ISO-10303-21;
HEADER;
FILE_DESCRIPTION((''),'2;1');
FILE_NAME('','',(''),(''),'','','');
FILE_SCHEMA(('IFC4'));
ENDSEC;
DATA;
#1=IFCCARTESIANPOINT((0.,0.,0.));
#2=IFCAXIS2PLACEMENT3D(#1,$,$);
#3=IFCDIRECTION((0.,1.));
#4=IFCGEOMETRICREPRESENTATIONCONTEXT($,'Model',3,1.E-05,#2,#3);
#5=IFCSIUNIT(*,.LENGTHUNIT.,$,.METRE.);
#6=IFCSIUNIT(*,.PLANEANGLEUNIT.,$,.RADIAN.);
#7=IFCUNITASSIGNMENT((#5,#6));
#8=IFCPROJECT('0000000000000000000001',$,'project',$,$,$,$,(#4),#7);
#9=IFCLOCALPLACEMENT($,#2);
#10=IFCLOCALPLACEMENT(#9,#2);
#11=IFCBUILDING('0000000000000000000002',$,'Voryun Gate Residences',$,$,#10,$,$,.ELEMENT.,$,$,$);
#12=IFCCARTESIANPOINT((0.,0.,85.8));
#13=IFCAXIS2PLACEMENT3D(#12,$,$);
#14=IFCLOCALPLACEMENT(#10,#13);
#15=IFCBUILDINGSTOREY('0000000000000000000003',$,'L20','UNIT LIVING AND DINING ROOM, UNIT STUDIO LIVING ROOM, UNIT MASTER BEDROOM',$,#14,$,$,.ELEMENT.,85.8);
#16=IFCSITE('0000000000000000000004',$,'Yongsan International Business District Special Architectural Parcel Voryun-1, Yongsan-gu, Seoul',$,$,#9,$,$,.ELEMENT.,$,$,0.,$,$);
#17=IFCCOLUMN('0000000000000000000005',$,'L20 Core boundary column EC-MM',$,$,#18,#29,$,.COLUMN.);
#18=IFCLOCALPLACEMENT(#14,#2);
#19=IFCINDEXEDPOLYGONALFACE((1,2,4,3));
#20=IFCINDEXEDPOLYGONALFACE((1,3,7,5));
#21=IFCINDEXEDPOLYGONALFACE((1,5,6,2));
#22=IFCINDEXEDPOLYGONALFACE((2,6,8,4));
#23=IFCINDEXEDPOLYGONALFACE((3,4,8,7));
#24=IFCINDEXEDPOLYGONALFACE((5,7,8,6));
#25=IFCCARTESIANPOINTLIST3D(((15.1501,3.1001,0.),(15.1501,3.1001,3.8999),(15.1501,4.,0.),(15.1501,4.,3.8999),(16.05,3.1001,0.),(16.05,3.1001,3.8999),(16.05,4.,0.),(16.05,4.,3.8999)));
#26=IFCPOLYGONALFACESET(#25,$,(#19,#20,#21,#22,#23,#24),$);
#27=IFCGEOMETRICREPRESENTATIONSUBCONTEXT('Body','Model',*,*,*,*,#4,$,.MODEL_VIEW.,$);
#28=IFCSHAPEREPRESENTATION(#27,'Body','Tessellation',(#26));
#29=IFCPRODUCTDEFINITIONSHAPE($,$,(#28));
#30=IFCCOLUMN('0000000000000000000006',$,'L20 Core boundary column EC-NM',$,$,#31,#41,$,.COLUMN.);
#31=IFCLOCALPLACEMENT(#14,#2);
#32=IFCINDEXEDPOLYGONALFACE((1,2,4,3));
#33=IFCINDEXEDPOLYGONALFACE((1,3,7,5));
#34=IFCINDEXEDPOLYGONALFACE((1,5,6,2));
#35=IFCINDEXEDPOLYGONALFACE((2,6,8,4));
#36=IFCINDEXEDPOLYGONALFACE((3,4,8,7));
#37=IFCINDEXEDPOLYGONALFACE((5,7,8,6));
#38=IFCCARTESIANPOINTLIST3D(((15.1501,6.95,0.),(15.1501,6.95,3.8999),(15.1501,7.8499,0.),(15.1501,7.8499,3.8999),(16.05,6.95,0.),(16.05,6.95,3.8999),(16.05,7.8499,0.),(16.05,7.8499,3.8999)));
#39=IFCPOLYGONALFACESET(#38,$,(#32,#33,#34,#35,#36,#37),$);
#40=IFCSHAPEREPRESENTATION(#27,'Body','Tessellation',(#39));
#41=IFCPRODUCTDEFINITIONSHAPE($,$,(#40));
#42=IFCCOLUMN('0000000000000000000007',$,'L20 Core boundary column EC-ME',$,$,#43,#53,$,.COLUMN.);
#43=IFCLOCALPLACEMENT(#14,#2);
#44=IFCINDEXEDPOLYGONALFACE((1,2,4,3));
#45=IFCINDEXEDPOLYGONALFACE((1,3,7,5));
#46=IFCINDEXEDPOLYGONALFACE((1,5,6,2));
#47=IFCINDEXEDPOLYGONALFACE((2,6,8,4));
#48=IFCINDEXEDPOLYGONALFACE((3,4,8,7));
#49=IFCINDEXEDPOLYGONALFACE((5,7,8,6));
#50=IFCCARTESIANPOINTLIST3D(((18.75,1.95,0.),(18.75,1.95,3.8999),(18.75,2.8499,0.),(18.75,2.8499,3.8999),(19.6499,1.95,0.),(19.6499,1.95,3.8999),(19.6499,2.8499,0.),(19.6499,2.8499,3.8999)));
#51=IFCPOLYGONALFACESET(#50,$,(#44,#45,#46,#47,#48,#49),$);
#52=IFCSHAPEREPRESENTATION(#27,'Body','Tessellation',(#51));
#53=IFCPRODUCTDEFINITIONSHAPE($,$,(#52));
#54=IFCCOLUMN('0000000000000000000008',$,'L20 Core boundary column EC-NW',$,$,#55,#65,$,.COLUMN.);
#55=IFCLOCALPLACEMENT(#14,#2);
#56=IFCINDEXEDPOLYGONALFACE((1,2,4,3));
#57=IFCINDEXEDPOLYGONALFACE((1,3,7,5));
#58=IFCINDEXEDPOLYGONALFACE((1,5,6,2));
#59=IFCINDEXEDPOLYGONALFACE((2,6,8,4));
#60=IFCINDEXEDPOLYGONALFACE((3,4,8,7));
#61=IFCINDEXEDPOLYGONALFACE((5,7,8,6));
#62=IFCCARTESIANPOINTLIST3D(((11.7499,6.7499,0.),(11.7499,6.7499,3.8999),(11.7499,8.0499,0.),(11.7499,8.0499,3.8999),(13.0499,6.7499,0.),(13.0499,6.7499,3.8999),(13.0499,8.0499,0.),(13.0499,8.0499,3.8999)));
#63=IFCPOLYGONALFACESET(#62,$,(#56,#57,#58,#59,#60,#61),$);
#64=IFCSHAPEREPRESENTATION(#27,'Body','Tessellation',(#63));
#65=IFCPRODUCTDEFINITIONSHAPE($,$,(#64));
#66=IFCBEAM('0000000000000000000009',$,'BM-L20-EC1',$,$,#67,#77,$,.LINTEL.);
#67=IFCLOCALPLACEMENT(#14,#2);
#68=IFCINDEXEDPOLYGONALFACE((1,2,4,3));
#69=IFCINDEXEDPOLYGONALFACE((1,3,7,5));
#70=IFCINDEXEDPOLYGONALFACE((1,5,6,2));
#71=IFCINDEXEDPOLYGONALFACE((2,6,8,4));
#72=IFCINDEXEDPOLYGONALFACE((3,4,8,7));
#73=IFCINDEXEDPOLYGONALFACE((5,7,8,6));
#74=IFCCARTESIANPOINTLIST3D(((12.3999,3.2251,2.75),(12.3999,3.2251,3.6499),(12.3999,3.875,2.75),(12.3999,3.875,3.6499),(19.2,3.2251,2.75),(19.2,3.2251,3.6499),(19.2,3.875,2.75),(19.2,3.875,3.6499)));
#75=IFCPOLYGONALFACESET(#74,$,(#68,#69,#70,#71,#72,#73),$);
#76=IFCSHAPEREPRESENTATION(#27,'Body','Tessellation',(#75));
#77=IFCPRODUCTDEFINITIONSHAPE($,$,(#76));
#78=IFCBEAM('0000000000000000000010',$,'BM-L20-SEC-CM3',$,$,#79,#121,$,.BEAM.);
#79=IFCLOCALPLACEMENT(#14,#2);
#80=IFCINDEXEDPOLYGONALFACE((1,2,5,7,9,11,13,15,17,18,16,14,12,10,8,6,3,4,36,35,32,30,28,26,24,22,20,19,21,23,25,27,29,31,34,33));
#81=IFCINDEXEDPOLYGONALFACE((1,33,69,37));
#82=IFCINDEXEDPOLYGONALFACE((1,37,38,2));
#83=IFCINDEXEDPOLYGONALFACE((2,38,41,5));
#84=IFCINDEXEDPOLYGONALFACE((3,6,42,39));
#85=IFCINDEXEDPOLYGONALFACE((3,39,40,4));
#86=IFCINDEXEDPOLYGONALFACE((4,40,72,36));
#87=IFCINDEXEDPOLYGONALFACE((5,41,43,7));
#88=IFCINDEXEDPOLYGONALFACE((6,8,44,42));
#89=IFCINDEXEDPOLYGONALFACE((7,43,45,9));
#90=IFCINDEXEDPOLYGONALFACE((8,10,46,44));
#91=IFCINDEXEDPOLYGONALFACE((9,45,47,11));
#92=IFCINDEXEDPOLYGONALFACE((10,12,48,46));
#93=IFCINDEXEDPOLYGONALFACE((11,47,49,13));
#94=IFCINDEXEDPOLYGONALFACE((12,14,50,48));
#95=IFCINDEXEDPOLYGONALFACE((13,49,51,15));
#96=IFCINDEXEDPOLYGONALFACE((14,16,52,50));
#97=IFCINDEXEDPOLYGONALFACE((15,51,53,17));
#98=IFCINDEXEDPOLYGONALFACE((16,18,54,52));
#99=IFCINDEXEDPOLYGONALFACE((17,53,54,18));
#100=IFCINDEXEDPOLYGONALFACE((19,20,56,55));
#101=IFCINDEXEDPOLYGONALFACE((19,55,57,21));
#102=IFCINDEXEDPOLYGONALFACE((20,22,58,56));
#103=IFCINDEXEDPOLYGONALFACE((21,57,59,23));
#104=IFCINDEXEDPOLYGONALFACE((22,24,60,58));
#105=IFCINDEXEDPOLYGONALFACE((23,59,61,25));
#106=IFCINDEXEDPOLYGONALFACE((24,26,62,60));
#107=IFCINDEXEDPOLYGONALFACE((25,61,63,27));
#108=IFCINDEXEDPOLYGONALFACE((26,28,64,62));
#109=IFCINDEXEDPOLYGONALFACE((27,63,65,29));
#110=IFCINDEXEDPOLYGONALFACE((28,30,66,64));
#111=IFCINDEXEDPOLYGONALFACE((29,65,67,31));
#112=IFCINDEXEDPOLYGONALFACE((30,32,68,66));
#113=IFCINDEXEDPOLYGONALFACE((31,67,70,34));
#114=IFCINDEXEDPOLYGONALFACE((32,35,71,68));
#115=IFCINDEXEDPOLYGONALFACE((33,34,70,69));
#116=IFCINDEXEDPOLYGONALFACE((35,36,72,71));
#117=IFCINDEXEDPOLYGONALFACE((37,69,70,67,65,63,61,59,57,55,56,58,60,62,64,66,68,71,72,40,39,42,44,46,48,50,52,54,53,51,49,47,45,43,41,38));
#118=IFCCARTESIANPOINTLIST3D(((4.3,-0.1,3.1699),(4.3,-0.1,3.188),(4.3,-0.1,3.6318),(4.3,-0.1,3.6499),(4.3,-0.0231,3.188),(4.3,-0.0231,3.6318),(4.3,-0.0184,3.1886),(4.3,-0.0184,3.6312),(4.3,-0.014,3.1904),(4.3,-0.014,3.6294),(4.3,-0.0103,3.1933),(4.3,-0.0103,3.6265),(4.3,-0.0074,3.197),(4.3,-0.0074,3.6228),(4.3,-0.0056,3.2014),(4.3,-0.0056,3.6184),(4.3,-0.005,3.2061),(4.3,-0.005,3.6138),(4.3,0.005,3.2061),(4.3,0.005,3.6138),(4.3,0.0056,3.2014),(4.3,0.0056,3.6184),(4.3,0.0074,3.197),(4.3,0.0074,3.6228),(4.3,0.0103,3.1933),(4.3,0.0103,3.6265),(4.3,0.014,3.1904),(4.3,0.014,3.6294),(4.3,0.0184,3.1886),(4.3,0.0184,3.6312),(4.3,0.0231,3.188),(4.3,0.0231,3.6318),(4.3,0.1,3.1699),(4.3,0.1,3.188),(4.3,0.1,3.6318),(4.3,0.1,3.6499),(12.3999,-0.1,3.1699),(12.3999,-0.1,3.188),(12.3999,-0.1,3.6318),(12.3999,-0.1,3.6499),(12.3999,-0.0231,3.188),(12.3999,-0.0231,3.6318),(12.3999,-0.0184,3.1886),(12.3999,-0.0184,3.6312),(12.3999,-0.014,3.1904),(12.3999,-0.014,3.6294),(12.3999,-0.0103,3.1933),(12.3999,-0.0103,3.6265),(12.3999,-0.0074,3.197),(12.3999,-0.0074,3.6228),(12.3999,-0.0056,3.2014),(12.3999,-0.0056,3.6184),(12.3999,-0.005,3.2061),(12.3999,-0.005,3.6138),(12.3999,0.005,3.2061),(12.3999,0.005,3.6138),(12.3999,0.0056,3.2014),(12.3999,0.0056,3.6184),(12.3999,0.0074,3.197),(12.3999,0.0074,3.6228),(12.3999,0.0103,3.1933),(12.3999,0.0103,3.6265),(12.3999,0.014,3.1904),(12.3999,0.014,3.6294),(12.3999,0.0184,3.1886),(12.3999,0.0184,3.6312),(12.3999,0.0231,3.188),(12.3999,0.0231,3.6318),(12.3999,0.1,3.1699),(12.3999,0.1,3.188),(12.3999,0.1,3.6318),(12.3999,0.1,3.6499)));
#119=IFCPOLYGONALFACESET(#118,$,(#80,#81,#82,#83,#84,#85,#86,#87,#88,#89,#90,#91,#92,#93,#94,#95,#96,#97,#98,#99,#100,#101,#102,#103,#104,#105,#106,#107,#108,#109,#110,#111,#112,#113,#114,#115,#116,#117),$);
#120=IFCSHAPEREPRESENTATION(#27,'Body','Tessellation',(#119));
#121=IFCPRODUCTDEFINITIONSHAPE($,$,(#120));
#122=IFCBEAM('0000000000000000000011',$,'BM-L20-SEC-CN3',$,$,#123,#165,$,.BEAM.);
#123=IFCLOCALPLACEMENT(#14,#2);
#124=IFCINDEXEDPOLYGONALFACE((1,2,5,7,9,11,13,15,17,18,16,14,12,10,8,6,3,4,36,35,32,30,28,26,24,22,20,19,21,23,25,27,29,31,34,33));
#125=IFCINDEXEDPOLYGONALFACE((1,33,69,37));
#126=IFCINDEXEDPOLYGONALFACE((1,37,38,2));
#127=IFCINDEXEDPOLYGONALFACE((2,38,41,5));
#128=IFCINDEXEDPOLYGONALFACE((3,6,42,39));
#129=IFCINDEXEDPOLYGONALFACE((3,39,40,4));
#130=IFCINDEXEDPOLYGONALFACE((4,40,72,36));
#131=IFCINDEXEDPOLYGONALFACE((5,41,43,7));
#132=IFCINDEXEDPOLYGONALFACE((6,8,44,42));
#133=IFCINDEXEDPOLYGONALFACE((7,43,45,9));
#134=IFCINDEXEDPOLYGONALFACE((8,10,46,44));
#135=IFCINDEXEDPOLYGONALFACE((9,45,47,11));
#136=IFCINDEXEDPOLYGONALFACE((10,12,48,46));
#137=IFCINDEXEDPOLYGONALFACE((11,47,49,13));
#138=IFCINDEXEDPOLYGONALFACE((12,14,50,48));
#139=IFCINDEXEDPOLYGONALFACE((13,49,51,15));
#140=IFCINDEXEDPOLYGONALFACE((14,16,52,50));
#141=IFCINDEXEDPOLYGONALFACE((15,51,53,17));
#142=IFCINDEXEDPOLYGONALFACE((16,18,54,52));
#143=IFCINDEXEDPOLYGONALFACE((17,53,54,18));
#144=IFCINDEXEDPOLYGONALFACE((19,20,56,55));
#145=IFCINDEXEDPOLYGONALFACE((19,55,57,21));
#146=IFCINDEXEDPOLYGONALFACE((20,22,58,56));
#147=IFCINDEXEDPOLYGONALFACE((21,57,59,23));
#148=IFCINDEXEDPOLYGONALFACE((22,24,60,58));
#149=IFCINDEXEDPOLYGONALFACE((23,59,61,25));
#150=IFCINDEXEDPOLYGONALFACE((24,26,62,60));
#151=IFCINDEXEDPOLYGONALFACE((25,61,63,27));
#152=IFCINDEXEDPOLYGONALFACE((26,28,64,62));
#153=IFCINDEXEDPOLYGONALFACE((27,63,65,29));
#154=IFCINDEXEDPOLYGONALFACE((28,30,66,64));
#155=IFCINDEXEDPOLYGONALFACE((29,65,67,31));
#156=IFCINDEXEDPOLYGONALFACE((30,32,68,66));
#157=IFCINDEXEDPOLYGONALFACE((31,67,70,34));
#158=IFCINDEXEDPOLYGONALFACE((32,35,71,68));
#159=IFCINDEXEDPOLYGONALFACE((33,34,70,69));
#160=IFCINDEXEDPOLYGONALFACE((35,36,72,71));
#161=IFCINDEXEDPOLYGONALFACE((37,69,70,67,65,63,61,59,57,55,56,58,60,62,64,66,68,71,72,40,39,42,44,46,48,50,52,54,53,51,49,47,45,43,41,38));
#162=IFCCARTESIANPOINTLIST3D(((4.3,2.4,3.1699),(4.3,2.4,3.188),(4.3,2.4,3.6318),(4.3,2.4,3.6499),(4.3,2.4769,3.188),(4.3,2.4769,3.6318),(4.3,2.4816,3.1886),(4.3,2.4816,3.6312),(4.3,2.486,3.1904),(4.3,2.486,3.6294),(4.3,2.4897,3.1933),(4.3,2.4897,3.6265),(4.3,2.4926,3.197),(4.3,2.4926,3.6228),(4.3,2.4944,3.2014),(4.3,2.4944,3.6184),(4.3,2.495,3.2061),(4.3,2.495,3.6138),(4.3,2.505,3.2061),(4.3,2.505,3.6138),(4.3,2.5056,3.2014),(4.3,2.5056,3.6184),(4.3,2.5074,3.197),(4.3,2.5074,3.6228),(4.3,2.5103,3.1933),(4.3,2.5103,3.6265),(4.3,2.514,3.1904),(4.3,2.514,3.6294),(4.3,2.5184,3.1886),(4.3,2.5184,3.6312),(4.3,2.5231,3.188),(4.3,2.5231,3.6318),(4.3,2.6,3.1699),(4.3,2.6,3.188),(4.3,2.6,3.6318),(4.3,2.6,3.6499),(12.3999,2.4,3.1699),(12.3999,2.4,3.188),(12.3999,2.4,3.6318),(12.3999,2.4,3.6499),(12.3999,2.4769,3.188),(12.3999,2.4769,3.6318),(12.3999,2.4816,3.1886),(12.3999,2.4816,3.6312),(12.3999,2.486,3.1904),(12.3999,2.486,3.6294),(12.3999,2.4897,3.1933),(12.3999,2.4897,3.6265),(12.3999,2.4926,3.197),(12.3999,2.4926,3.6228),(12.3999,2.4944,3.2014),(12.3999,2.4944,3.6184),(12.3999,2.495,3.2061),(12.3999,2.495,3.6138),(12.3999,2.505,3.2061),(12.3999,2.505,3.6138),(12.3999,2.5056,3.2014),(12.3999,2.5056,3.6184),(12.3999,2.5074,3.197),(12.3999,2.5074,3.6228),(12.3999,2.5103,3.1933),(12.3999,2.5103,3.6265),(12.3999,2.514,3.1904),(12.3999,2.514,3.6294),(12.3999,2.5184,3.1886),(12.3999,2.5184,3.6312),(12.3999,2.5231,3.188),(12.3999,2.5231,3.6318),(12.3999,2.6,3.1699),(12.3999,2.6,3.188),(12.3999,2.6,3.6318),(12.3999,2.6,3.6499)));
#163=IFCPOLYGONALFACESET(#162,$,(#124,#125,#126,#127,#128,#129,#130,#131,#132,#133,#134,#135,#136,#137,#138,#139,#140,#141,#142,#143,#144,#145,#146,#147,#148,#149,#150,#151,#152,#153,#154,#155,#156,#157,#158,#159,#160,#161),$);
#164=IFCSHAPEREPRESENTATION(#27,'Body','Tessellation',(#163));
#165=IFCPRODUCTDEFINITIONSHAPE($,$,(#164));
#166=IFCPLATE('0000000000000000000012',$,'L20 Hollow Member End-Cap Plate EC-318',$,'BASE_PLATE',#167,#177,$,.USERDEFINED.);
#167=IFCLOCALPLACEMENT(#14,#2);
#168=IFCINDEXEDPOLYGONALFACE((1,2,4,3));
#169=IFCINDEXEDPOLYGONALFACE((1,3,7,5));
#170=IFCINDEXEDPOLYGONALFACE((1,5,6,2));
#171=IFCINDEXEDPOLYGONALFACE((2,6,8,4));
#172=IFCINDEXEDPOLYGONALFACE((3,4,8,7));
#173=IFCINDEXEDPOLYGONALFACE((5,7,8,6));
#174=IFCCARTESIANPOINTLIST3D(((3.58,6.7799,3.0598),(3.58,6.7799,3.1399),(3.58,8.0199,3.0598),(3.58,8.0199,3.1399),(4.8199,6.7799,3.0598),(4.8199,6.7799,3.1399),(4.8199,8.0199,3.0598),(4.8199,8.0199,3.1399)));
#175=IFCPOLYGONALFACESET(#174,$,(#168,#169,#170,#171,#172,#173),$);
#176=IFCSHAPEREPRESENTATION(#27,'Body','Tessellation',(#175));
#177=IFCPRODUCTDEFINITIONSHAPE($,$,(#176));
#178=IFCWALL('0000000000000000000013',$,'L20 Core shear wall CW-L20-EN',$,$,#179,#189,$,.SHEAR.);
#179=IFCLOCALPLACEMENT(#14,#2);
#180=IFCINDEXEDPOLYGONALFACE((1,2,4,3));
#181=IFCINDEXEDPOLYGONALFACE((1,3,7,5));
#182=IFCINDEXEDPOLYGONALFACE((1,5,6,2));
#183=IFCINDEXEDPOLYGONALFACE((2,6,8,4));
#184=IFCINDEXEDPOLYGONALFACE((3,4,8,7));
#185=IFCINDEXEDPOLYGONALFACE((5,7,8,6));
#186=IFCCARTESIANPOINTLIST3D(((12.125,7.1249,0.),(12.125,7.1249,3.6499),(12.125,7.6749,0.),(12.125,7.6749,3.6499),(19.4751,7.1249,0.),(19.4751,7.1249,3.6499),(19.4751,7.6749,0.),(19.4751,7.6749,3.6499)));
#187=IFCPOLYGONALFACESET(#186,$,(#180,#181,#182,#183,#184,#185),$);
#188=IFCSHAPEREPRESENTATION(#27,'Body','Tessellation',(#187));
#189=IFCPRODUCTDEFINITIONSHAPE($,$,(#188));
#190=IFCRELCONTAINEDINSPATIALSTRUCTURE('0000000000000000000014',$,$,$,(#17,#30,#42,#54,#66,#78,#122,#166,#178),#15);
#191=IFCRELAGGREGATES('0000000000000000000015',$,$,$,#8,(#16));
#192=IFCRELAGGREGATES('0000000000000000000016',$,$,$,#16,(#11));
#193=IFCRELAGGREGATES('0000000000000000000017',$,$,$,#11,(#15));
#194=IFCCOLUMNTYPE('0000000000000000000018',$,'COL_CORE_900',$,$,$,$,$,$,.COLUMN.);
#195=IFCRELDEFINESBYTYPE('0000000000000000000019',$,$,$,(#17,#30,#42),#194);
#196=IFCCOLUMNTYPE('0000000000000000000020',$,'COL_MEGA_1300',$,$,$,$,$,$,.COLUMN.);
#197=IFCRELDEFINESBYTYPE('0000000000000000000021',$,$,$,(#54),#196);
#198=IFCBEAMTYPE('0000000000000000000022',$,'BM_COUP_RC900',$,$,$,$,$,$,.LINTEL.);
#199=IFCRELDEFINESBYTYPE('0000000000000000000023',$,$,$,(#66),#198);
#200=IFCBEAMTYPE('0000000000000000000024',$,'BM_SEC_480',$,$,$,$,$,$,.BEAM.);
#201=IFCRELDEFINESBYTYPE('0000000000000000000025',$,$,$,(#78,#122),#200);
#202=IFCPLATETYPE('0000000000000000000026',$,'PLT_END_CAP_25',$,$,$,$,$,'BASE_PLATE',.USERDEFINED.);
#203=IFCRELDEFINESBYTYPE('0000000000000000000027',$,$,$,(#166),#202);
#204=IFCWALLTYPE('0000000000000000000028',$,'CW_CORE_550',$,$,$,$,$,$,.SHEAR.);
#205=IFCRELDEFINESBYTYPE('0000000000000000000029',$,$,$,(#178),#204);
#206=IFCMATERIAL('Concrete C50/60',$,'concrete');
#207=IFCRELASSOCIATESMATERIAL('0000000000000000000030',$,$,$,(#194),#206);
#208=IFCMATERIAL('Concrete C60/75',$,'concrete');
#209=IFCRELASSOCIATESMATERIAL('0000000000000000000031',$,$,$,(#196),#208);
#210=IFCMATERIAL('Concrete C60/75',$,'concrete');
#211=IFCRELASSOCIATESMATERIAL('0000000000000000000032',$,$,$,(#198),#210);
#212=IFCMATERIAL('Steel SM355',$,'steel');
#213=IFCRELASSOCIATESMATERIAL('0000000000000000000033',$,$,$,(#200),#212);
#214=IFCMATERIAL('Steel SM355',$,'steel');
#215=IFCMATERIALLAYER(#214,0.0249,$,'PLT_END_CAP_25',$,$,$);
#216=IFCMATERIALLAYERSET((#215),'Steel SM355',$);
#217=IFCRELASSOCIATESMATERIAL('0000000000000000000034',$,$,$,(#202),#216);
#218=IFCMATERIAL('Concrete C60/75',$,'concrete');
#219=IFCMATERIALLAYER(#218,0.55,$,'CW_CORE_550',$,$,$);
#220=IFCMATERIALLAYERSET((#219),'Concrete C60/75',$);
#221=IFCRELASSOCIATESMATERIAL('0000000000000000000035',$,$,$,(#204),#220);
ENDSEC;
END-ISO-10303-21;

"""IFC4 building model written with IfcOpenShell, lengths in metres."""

from ifc_helpers import new_model, si_unit, direction, frame, frame_2d, origin, origin_2d, place, context, subcontext, project, spatial, rectangle, i_section, extrude, material, layer, layer_set, material_profile, profile_set, type_object, element, save


model = new_model("IFC4")

# Units and contexts
model_context = context("Model", 3, precision=1e-05, world=origin(), true_north=direction((0.0, 1.0)))
body_context = subcontext(model_context, "Body", "Model", "MODEL_VIEW")
ifc_project = project(units=[si_unit("LENGTHUNIT", "METRE"), si_unit("PLANEANGLEUNIT", "RADIAN")], contexts=[model_context])

# Site, building, storey
site_placement = place(None, origin())
site = spatial("IfcSite", under=ifc_project, at=site_placement, Name="Yongsan International Business District Special Architectural Parcel Voryun-1, Yongsan-gu, Seoul", CompositionType="ELEMENT", RefElevation=0.0)
building_placement = place(site_placement, origin())
building = spatial("IfcBuilding", under=site, at=building_placement, Name="Voryun Gate Residences", CompositionType="ELEMENT")
storey_placement = place(building_placement, frame((0.0, 0.0, 85.8)))
storey = spatial("IfcBuildingStorey", under=building, at=storey_placement, Name="L20", Description="UNIT LIVING AND DINING ROOM, UNIT STUDIO LIVING ROOM, UNIT MASTER BEDROOM", CompositionType="ELEMENT", Elevation=85.8)

# Columns
ifc_material_1 = material(Name="Concrete C50/60", Category="concrete")
ifc_material_profile_1 = material_profile(ifc_material_1, rectangle(XDim=0.8999, YDim=0.8999, at=origin_2d()), Name="RC-900x900")
ifc_profile_set_1 = profile_set([ifc_material_profile_1], Name="Concrete C50/60")
column_type_1 = type_object("IfcColumnType", Name="COL_CORE_900", PredefinedType="COLUMN", material=ifc_profile_set_1)
for number, where, z_axis, x_axis, name in (
    (1, (15.6001, 3.55, 0.0), (0.0, 0.0, 1.0), (1.0, 0.0, 0.0), "L20 Core boundary column EC-MM"),
    (2, (15.6001, 7.3999, 0.0), (0.0, 0.0, 1.0), (1.0, 0.0, 0.0), "L20 Core boundary column EC-NM"),
    (3, (19.2, 2.3999, 0.0), (0.0, 0.0, 1.0), (1.0, 0.0, 0.0), "L20 Core boundary column EC-ME"),
):
    element("IfcColumn", number, at=place(storey_placement, frame(where, z_axis=z_axis, x_axis=x_axis)), inside=storey, type_object=column_type_1, Name=name, PredefinedType="COLUMN", context=body_context, shape_type="SweptSolid", body=[
        extrude(rectangle(XDim=0.8999, YDim=0.8999, at=origin_2d()), origin(), (0.0, 0.0, 1.0), 3.8999),
    ])
ifc_material_2 = material(Name="Concrete C60/75", Category="concrete")
ifc_material_profile_2 = material_profile(ifc_material_2, rectangle(XDim=1.3, YDim=1.3, at=origin_2d()), Name="RC-1300x1300")
ifc_profile_set_2 = profile_set([ifc_material_profile_2], Name="Concrete C60/75")
column_type_2 = type_object("IfcColumnType", Name="COL_MEGA_1300", PredefinedType="COLUMN", material=ifc_profile_set_2)
column_placement = place(storey_placement, frame((12.3999, 7.3999, 0.0), z_axis=(0.0, 0.0, 1.0), x_axis=(1.0, 0.0, 0.0)))
element("IfcColumn", 4, at=column_placement, inside=storey, type_object=column_type_2, Name="L20 Core boundary column EC-NW", PredefinedType="COLUMN", context=body_context, shape_type="SweptSolid", body=[
    extrude(rectangle(XDim=1.3, YDim=1.3, at=origin_2d()), origin(), (0.0, 0.0, 1.0), 3.8999),
])

# Beams
ifc_material_3 = material(Name="Concrete C60/75", Category="concrete")
ifc_material_profile_3 = material_profile(ifc_material_3, rectangle(XDim=0.6499, YDim=0.8999, at=origin_2d()), Name="RC-650x900")
ifc_profile_set_3 = profile_set([ifc_material_profile_3], Name="Concrete C60/75")
beam_type_1 = type_object("IfcBeamType", Name="BM_COUP_RC900", PredefinedType="LINTEL", material=ifc_profile_set_3)
beam_placement = place(storey_placement, frame((12.3999, 3.55, 3.2), z_axis=(1.0, 0.0, 0.0), x_axis=(0.0, 1.0, 0.0)))
element("IfcBeam", 5, at=beam_placement, inside=storey, type_object=beam_type_1, Name="BM-L20-EC1", PredefinedType="LINTEL", context=body_context, shape_type="SweptSolid", body=[
    extrude(rectangle(XDim=0.6499, YDim=0.8999, at=origin_2d()), origin(), (0.0, 0.0, 1.0), 6.8),
])
ifc_material_4 = material(Name="Steel SM355", Category="steel")
ifc_material_profile_4 = material_profile(ifc_material_4, i_section(OverallWidth=0.2, OverallDepth=0.48, WebThickness=0.01, FlangeThickness=0.0181, FilletRadius=0.0181, at=origin_2d()), Name="H-480x200x10x18")
ifc_profile_set_4 = profile_set([ifc_material_profile_4], Name="Steel SM355")
beam_type_2 = type_object("IfcBeamType", Name="BM_SEC_480", PredefinedType="BEAM", material=ifc_profile_set_4)
for number, where, z_axis, x_axis, name in (
    (6, (4.3, 0.0, 3.4099), (1.0, 0.0, 0.0), (0.0, 1.0, 0.0), "BM-L20-SEC-CM3"),
    (7, (4.3, 2.5, 3.4099), (1.0, 0.0, 0.0), (0.0, 1.0, 0.0), "BM-L20-SEC-CN3"),
):
    element("IfcBeam", number, at=place(storey_placement, frame(where, z_axis=z_axis, x_axis=x_axis)), inside=storey, type_object=beam_type_2, Name=name, PredefinedType="BEAM", context=body_context, shape_type="SweptSolid", body=[
        extrude(i_section(OverallWidth=0.2, OverallDepth=0.48, WebThickness=0.01, FlangeThickness=0.0181, FilletRadius=0.0181, at=origin_2d()), origin(), (0.0, 0.0, 1.0), 8.0999),
    ])

# Plate
ifc_material_5 = material(Name="Steel SM355", Category="steel")
ifc_layer_1 = layer(ifc_material_5, 0.0249, Name="PLT_END_CAP_25")
ifc_layer_set_1 = layer_set([ifc_layer_1], Name="Steel SM355")
plate_type = type_object("IfcPlateType", Name="PLT_END_CAP_25", ElementType="BASE_PLATE", PredefinedType="USERDEFINED", material=ifc_layer_set_1)
plate_placement = place(storey_placement, frame((4.2, 7.3999, 3.0598), z_axis=(0.0, 0.0, 1.0), x_axis=(1.0, 0.0, 0.0)))
element("IfcPlate", 8, at=plate_placement, inside=storey, type_object=plate_type, Name="L20 Hollow Member End-Cap Plate EC-318", ObjectType="BASE_PLATE", PredefinedType="USERDEFINED", context=body_context, shape_type="SweptSolid", body=[
    extrude(rectangle(XDim=1.24, YDim=1.24, at=origin_2d()), origin(), (0.0, 0.0, 1.0), 0.0801),
])

# Wall
ifc_material_6 = material(Name="Concrete C60/75", Category="concrete")
ifc_layer_2 = layer(ifc_material_6, 0.55, Name="CW_CORE_550")
ifc_layer_set_2 = layer_set([ifc_layer_2], Name="Concrete C60/75")
wall_type_1 = type_object("IfcWallType", Name="CW_CORE_550", PredefinedType="SHEAR", material=ifc_layer_set_2)
wall_1_placement = place(storey_placement, frame((12.125, 7.3999, 0.0), z_axis=(0.0, 0.0, 1.0), x_axis=(1.0, 0.0, 0.0)))
element("IfcWall", 9, at=wall_1_placement, inside=storey, type_object=wall_type_1, Name="L20 Core shear wall CW-L20-EN", PredefinedType="SHEAR", context=body_context, shape_type="SweptSolid", body=[
    extrude(rectangle(XDim=7.3501, YDim=0.55, at=frame_2d((3.675, 0.0))), origin(), (0.0, 0.0, 1.0), 3.6499),
])

save(model, "model.ifc")
